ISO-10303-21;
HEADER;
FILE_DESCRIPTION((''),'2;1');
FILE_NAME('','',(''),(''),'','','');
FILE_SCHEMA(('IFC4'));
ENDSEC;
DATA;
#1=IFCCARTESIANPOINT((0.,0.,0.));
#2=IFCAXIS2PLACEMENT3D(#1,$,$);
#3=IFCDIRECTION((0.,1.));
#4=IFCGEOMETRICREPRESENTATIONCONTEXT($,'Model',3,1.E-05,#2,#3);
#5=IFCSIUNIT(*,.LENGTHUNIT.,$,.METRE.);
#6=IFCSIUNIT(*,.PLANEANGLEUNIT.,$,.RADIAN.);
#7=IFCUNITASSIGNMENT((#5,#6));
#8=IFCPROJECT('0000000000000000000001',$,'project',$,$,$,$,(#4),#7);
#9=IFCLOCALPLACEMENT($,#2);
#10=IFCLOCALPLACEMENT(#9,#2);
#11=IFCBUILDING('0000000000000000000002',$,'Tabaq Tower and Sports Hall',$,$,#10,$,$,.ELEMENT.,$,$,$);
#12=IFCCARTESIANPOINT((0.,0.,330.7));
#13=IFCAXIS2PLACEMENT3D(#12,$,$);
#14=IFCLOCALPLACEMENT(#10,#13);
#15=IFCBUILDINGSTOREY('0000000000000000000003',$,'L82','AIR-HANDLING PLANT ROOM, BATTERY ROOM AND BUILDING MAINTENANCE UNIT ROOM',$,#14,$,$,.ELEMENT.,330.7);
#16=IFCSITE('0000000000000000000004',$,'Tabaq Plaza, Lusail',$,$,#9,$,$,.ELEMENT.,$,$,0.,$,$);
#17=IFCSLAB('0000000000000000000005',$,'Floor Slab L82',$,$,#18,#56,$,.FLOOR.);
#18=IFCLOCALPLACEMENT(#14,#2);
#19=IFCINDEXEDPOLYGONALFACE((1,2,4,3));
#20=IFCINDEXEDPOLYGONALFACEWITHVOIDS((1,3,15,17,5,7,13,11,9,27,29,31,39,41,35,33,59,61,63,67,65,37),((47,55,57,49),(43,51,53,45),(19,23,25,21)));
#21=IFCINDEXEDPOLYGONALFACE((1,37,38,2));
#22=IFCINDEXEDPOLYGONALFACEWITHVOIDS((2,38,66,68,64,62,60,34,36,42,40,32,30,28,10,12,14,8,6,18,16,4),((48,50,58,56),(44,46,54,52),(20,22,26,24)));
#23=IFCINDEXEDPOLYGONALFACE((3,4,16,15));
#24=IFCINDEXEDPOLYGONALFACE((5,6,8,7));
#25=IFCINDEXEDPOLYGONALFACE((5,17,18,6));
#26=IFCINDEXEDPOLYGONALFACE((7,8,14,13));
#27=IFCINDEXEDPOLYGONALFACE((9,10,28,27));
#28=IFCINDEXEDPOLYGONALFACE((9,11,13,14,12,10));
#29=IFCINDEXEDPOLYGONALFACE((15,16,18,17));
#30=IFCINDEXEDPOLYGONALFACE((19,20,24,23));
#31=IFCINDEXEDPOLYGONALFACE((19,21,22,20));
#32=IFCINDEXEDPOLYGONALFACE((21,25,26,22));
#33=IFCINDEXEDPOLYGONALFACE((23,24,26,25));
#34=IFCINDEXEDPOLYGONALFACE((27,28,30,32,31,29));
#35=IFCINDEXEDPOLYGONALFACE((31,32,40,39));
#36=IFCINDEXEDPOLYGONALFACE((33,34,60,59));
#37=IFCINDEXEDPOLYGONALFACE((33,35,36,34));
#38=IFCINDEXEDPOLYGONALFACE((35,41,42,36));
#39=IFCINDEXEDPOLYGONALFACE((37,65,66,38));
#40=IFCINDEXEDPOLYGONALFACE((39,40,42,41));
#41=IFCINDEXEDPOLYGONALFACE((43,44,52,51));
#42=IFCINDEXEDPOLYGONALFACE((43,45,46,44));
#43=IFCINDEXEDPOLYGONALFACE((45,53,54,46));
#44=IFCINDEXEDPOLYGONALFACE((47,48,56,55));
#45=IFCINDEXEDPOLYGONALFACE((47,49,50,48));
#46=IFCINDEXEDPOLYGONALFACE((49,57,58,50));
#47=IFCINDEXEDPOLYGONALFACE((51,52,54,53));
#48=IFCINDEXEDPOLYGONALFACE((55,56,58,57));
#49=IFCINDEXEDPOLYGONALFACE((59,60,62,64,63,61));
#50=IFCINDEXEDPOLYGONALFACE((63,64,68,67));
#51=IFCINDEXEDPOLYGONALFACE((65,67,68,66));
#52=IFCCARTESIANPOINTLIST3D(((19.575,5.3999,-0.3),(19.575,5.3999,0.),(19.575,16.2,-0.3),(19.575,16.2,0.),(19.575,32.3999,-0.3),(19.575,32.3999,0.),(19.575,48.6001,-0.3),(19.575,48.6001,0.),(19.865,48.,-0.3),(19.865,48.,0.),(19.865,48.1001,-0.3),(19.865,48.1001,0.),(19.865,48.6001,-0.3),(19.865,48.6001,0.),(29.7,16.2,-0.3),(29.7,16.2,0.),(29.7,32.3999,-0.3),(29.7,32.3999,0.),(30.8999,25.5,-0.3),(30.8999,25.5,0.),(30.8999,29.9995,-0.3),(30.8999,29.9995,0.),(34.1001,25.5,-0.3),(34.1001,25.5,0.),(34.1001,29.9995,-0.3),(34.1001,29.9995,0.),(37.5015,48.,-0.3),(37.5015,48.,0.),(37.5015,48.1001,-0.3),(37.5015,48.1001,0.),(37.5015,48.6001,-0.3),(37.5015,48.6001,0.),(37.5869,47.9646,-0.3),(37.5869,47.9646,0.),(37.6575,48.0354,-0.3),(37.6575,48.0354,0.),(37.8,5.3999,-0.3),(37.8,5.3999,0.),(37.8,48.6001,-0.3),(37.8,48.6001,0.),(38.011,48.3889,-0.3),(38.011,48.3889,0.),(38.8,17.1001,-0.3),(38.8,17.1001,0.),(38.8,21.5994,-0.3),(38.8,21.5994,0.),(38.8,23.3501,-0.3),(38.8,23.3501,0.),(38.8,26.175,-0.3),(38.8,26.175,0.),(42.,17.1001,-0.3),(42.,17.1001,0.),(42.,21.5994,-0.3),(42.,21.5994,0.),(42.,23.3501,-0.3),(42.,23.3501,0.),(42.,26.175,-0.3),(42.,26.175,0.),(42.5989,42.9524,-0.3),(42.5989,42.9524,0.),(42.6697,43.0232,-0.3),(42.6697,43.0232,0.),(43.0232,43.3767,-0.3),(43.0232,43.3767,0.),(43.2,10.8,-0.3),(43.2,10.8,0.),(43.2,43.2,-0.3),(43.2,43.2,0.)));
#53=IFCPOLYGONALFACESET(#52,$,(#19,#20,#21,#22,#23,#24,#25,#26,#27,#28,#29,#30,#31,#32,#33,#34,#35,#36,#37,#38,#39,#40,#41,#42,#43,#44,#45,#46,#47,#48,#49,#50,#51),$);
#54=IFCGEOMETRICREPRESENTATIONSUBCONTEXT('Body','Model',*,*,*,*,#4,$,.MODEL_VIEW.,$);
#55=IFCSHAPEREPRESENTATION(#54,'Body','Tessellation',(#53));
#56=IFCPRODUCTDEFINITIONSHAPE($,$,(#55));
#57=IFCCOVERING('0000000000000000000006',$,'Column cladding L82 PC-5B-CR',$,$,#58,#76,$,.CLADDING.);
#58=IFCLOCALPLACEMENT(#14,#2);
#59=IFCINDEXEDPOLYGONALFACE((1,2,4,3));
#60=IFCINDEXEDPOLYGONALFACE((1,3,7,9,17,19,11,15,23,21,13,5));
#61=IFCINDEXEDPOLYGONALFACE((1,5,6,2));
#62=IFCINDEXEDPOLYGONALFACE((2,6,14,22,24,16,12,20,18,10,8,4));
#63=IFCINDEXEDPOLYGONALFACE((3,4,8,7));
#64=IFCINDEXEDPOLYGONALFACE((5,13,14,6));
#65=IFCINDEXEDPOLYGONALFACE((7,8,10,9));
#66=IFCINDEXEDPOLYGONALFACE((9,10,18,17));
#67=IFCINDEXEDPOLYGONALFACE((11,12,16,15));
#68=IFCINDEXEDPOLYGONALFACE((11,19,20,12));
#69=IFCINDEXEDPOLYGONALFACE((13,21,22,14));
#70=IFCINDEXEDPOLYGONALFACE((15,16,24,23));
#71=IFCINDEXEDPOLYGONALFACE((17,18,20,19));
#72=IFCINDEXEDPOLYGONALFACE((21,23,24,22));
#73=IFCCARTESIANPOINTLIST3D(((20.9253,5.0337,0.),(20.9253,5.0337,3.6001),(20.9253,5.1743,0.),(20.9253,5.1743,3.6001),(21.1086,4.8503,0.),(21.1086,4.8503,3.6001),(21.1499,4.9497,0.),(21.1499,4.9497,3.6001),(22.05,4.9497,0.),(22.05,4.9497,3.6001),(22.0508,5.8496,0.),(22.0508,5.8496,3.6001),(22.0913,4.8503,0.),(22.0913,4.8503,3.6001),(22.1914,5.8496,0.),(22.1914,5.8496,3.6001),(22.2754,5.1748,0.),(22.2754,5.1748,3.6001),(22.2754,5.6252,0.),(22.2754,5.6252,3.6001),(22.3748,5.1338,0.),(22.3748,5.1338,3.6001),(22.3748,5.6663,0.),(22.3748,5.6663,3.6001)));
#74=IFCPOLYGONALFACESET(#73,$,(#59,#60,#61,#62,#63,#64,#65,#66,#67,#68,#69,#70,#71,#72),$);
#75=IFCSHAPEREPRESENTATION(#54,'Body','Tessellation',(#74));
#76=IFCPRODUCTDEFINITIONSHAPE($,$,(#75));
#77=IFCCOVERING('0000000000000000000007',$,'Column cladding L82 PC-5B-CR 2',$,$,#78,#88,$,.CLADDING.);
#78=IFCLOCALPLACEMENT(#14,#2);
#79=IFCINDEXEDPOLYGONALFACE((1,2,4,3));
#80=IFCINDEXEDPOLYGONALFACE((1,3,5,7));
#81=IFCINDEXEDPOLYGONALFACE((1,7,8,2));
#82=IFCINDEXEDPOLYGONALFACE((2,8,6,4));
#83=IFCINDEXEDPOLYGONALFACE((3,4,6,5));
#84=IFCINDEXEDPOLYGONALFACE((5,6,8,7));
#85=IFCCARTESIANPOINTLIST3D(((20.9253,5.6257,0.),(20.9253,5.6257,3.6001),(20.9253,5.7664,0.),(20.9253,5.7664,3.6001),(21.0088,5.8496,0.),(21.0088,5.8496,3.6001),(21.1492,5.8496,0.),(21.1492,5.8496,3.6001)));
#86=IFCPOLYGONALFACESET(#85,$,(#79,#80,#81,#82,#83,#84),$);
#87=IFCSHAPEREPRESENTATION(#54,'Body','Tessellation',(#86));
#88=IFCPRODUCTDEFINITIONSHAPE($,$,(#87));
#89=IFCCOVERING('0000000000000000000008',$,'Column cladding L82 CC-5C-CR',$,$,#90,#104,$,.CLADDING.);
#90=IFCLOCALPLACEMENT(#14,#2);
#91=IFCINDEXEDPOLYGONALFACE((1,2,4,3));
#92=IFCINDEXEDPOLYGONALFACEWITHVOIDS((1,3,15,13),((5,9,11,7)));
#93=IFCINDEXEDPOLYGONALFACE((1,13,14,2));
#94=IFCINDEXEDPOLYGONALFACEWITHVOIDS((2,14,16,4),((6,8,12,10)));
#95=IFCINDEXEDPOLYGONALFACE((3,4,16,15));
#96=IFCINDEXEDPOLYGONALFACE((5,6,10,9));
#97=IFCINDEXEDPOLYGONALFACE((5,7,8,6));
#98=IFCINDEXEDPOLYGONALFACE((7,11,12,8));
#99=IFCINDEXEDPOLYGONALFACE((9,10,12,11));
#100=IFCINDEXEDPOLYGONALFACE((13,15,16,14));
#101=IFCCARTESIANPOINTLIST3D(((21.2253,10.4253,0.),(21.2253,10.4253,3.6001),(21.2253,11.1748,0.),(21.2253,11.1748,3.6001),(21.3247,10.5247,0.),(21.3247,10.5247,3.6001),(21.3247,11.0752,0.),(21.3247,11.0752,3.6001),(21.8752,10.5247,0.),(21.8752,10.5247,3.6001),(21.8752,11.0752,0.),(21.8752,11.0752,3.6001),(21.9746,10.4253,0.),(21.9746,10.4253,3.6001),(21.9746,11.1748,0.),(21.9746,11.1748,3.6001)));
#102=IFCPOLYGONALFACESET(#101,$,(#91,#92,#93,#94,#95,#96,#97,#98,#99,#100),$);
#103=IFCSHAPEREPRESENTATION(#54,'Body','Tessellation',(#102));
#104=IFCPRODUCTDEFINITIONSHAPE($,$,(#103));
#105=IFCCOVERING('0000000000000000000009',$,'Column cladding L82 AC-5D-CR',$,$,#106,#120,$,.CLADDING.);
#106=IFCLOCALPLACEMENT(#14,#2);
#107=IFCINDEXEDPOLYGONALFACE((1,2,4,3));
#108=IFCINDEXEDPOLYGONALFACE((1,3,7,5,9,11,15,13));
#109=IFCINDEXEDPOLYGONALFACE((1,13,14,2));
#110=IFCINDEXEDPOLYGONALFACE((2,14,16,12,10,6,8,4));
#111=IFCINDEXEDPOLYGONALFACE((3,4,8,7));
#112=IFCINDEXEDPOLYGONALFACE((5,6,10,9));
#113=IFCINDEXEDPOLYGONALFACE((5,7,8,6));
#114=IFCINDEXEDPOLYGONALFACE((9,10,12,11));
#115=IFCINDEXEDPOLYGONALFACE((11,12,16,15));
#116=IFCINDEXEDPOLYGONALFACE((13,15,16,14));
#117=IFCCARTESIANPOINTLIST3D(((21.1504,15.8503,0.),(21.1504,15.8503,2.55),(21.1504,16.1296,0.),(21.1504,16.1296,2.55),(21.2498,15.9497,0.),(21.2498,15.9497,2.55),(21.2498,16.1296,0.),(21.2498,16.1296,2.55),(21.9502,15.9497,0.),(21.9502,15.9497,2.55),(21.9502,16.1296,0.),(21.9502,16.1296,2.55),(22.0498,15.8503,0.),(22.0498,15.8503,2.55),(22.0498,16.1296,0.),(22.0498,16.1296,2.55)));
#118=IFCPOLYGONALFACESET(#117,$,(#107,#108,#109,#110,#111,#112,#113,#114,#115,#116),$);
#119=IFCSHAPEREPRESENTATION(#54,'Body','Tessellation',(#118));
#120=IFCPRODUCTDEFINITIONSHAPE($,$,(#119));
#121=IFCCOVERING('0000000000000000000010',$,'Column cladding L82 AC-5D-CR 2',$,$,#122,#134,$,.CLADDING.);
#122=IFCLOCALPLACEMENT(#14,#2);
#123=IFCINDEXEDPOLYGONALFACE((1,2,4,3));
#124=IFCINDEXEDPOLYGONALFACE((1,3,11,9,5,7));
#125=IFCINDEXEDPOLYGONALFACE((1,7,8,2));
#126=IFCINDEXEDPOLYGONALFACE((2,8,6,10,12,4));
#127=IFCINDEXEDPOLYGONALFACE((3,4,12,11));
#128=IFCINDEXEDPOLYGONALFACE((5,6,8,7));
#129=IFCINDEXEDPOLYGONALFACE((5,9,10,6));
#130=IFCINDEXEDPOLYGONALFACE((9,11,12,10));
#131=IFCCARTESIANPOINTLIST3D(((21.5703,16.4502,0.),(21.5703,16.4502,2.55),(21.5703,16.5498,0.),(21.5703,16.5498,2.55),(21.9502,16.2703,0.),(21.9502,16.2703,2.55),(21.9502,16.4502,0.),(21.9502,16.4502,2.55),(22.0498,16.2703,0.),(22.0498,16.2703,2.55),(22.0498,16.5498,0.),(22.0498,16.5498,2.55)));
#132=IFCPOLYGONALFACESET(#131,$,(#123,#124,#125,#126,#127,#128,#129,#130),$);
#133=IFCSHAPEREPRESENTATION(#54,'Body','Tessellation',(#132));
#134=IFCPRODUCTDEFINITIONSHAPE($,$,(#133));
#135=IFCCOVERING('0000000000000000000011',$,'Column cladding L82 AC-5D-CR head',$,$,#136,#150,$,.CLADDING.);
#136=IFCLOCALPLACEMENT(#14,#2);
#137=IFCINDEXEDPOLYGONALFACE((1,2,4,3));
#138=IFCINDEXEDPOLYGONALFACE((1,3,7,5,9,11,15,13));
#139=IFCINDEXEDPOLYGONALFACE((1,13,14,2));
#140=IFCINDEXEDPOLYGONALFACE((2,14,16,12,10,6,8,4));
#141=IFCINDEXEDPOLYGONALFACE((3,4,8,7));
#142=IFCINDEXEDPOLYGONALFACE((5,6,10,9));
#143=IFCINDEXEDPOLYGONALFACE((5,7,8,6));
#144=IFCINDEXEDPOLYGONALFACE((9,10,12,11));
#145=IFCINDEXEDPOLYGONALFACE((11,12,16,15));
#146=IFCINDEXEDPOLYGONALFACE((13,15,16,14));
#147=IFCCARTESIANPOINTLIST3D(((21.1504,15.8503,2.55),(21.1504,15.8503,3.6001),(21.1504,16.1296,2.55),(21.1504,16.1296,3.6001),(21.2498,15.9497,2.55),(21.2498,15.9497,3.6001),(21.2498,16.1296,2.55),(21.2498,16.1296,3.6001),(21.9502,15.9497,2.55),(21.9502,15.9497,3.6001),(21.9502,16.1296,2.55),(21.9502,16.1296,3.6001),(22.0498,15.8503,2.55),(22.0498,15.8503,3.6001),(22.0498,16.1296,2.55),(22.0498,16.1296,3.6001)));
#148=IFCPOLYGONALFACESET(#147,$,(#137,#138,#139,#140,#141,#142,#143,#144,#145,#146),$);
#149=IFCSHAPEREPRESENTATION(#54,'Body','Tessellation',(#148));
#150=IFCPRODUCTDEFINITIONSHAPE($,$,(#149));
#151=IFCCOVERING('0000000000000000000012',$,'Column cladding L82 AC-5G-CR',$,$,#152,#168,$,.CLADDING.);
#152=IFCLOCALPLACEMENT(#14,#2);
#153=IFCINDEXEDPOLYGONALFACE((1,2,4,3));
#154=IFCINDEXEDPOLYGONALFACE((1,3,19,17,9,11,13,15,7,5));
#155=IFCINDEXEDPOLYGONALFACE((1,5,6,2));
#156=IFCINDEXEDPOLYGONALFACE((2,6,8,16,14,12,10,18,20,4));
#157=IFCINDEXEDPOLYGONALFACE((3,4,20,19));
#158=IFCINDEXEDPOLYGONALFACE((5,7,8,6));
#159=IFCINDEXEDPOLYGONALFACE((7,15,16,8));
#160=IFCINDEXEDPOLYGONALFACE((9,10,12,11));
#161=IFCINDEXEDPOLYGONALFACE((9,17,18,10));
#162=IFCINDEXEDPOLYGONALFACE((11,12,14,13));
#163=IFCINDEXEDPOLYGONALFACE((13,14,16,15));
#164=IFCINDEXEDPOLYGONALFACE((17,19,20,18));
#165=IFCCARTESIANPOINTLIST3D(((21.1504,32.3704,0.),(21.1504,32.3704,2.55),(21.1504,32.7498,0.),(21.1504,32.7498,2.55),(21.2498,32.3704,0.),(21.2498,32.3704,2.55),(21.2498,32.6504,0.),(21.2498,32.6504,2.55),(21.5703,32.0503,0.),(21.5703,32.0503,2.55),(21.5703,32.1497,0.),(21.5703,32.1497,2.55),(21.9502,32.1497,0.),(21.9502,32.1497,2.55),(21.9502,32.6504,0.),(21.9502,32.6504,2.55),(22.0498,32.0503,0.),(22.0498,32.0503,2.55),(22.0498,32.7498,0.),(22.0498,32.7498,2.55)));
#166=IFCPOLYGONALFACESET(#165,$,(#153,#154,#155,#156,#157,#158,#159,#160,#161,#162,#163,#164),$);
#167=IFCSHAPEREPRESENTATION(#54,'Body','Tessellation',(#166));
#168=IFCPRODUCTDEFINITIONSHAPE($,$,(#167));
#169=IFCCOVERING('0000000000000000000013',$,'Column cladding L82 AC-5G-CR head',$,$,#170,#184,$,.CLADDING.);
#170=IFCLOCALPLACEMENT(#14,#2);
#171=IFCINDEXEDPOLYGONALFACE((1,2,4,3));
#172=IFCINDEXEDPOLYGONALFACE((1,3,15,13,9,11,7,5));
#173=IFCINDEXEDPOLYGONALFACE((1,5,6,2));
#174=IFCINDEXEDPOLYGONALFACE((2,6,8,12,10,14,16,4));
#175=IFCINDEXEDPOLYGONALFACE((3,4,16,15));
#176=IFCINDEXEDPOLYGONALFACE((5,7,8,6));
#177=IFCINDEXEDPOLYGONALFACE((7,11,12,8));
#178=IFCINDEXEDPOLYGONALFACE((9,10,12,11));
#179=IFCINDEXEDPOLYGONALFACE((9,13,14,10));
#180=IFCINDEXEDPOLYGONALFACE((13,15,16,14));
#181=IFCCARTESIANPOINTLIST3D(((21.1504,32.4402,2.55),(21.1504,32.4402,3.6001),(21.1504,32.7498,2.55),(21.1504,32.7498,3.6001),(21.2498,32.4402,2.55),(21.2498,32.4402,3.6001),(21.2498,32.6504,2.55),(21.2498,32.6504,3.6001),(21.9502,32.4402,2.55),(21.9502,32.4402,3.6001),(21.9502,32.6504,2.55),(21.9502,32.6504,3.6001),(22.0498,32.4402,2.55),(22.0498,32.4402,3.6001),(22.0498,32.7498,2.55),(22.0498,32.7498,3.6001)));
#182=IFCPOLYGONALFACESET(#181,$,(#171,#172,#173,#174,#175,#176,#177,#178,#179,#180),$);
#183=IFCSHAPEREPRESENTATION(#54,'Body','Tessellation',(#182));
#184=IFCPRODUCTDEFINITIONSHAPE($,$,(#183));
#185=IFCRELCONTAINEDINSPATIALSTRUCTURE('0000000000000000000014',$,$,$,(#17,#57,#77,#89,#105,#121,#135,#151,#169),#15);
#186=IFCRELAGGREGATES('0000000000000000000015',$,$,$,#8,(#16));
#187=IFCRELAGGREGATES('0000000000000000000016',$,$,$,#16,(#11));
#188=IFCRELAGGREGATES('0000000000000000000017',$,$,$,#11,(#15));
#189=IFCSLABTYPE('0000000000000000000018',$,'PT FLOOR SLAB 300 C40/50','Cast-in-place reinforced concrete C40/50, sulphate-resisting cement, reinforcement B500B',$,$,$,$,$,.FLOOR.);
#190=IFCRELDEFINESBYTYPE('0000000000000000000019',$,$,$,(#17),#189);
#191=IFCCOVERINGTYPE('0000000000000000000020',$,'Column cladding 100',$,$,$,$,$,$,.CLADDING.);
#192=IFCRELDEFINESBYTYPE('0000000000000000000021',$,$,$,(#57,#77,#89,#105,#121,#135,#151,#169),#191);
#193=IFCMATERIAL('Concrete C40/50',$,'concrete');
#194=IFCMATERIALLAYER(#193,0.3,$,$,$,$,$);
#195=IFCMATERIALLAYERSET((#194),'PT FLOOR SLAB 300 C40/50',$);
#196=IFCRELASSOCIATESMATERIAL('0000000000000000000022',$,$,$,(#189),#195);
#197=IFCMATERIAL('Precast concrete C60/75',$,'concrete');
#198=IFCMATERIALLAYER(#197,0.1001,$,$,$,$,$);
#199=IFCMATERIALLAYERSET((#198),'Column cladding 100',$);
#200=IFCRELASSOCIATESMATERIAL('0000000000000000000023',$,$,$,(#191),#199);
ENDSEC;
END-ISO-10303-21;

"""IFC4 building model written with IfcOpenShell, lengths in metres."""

from ifc_helpers import new_model, si_unit, direction, frame, origin, place, context, subcontext, project, spatial, polyline, outline, extrude, material, layer, layer_set, type_object, element, save


model = new_model("IFC4")

# Units and contexts
model_context = context("Model", 3, precision=1e-05, world=origin(), true_north=direction((0.0, 1.0)))
body_context = subcontext(model_context, "Body", "Model", "MODEL_VIEW")
ifc_project = project(units=[si_unit("LENGTHUNIT", "METRE"), si_unit("PLANEANGLEUNIT", "RADIAN")], contexts=[model_context])

# Site, building, storey
site_placement = place(None, origin())
site = spatial("IfcSite", under=ifc_project, at=site_placement, Name="Tabaq Plaza, Lusail", CompositionType="ELEMENT", RefElevation=0.0)
building_placement = place(site_placement, origin())
building = spatial("IfcBuilding", under=site, at=building_placement, Name="Tabaq Tower and Sports Hall", CompositionType="ELEMENT")
storey_placement = place(building_placement, frame((0.0, 0.0, 330.7)))
storey = spatial("IfcBuildingStorey", under=building, at=storey_placement, Name="L82", Description="AIR-HANDLING PLANT ROOM, BATTERY ROOM AND BUILDING MAINTENANCE UNIT ROOM", CompositionType="ELEMENT", Elevation=330.7)

# Slab
ifc_material_1 = material(Name="Concrete C40/50", Category="concrete")
ifc_layer_1 = layer(ifc_material_1, 0.3)
ifc_layer_set_1 = layer_set([ifc_layer_1], Name="PT FLOOR SLAB 300 C40/50")
slab_type = type_object("IfcSlabType", Name="PT FLOOR SLAB 300 C40/50", Description="Cast-in-place reinforced concrete C40/50, sulphate-resisting cement, reinforcement B500B", PredefinedType="FLOOR", material=ifc_layer_set_1)
slab_placement = place(storey_placement, frame((0.0, 0.0, -0.3)))
element("IfcSlab", 1, at=slab_placement, inside=storey, type_object=slab_type, Name="Floor Slab L82", PredefinedType="FLOOR", context=body_context, shape_type="SweptSolid", body=[
    extrude(outline(polyline([(19.865, 48.6001), (19.575, 48.6001), (19.575, 32.3999), (29.7, 32.3999), (29.7, 16.2), (19.575, 16.2), (19.575, 5.3999), (37.8, 5.3999), (43.2, 10.8), (43.2, 43.2), (43.0232, 43.3767), (42.6697, 43.0232), (42.5989, 42.9524), (37.5869, 47.9646), (37.6575, 48.0354), (38.011, 48.3889), (37.8, 48.6001), (37.5015, 48.6001), (37.5015, 48.1001), (37.5015, 48.0), (19.865, 48.0), (19.865, 48.1001), (19.865, 48.6001)]), holes=[polyline([(38.8, 17.1001), (38.8, 21.5994), (42.0, 21.5994), (42.0, 17.1001), (38.8, 17.1001)]), polyline([(38.8, 23.3501), (38.8, 26.175), (42.0, 26.175), (42.0, 23.3501), (38.8, 23.3501)]), polyline([(30.8999, 25.5), (30.8999, 29.9995), (34.1001, 29.9995), (34.1001, 25.5), (30.8999, 25.5)])]), origin(), (0.0, 0.0, 1.0), 0.3),
])

# Coverings
ifc_material_2 = material(Name="Precast concrete C60/75", Category="concrete")
ifc_layer_2 = layer(ifc_material_2, 0.1001)
ifc_layer_set_2 = layer_set([ifc_layer_2], Name="Column cladding 100")
covering_type = type_object("IfcCoveringType", Name="Column cladding 100", PredefinedType="CLADDING", material=ifc_layer_set_2)
covering_1_placement = place(storey_placement, origin())
element("IfcCovering", 2, at=covering_1_placement, inside=storey, type_object=covering_type, Name="Column cladding L82 PC-5B-CR", PredefinedType="CLADDING", context=body_context, shape_type="SweptSolid", body=[
    extrude(outline(polyline([(22.3748, 5.6663), (22.3748, 5.1338), (22.0913, 4.8503), (21.1086, 4.8503), (20.9253, 5.0337), (20.9253, 5.1743), (21.1499, 4.9497), (22.05, 4.9497), (22.2754, 5.1748), (22.2754, 5.6252), (22.0508, 5.8496), (22.1914, 5.8496), (22.3748, 5.6663)])), origin(), (0.0, 0.0, 1.0), 3.6001),
])
covering_2_placement = place(storey_placement, origin())
element("IfcCovering", 3, at=covering_2_placement, inside=storey, type_object=covering_type, Name="Column cladding L82 PC-5B-CR 2", PredefinedType="CLADDING", context=body_context, shape_type="SweptSolid", body=[
    extrude(outline(polyline([(21.0088, 5.8496), (21.1492, 5.8496), (20.9253, 5.6257), (20.9253, 5.7664), (21.0088, 5.8496)])), origin(), (0.0, 0.0, 1.0), 3.6001),
])
covering_3_placement = place(storey_placement, origin())
element("IfcCovering", 4, at=covering_3_placement, inside=storey, type_object=covering_type, Name="Column cladding L82 CC-5C-CR", PredefinedType="CLADDING", context=body_context, shape_type="SweptSolid", body=[
    extrude(outline(polyline([(21.2253, 11.1748), (21.9746, 11.1748), (21.9746, 10.4253), (21.2253, 10.4253), (21.2253, 11.1748)]), holes=[polyline([(21.8752, 10.5247), (21.8752, 11.0752), (21.3247, 11.0752), (21.3247, 10.5247), (21.8752, 10.5247)])]), origin(), (0.0, 0.0, 1.0), 3.6001),
])
covering_4_placement = place(storey_placement, origin())
element("IfcCovering", 5, at=covering_4_placement, inside=storey, type_object=covering_type, Name="Column cladding L82 AC-5D-CR", PredefinedType="CLADDING", context=body_context, shape_type="SweptSolid", body=[
    extrude(outline(polyline([(22.0498, 15.8503), (21.1504, 15.8503), (21.1504, 16.1296), (21.2498, 16.1296), (21.2498, 15.9497), (21.9502, 15.9497), (21.9502, 16.1296), (22.0498, 16.1296), (22.0498, 15.8503)])), origin(), (0.0, 0.0, 1.0), 2.55),
])
covering_5_placement = place(storey_placement, origin())
element("IfcCovering", 6, at=covering_5_placement, inside=storey, type_object=covering_type, Name="Column cladding L82 AC-5D-CR 2", PredefinedType="CLADDING", context=body_context, shape_type="SweptSolid", body=[
    extrude(outline(polyline([(22.0498, 16.5498), (22.0498, 16.2703), (21.9502, 16.2703), (21.9502, 16.4502), (21.5703, 16.4502), (21.5703, 16.5498), (22.0498, 16.5498)])), origin(), (0.0, 0.0, 1.0), 2.55),
])
covering_6_placement = place(storey_placement, frame((0.0, 0.0, 2.55)))
element("IfcCovering", 7, at=covering_6_placement, inside=storey, type_object=covering_type, Name="Column cladding L82 AC-5D-CR head", PredefinedType="CLADDING", context=body_context, shape_type="SweptSolid", body=[
    extrude(outline(polyline([(21.1504, 15.8503), (21.1504, 16.1296), (21.2498, 16.1296), (21.2498, 15.9497), (21.9502, 15.9497), (21.9502, 16.1296), (22.0498, 16.1296), (22.0498, 15.8503), (21.1504, 15.8503)])), origin(), (0.0, 0.0, 1.0), 1.05),
])
covering_7_placement = place(storey_placement, origin())
element("IfcCovering", 8, at=covering_7_placement, inside=storey, type_object=covering_type, Name="Column cladding L82 AC-5G-CR", PredefinedType="CLADDING", context=body_context, shape_type="SweptSolid", body=[
    extrude(outline(polyline([(22.0498, 32.7498), (22.0498, 32.0503), (21.5703, 32.0503), (21.5703, 32.1497), (21.9502, 32.1497), (21.9502, 32.6504), (21.2498, 32.6504), (21.2498, 32.3704), (21.1504, 32.3704), (21.1504, 32.7498), (22.0498, 32.7498)])), origin(), (0.0, 0.0, 1.0), 2.55),
])
covering_8_placement = place(storey_placement, frame((0.0, 0.0, 2.55)))
element("IfcCovering", 9, at=covering_8_placement, inside=storey, type_object=covering_type, Name="Column cladding L82 AC-5G-CR head", PredefinedType="CLADDING", context=body_context, shape_type="SweptSolid", body=[
    extrude(outline(polyline([(22.0498, 32.4402), (21.9502, 32.4402), (21.9502, 32.6504), (21.2498, 32.6504), (21.2498, 32.4402), (21.1504, 32.4402), (21.1504, 32.7498), (22.0498, 32.7498), (22.0498, 32.4402)])), origin(), (0.0, 0.0, 1.0), 1.05),
])

save(model, "model.ifc")
